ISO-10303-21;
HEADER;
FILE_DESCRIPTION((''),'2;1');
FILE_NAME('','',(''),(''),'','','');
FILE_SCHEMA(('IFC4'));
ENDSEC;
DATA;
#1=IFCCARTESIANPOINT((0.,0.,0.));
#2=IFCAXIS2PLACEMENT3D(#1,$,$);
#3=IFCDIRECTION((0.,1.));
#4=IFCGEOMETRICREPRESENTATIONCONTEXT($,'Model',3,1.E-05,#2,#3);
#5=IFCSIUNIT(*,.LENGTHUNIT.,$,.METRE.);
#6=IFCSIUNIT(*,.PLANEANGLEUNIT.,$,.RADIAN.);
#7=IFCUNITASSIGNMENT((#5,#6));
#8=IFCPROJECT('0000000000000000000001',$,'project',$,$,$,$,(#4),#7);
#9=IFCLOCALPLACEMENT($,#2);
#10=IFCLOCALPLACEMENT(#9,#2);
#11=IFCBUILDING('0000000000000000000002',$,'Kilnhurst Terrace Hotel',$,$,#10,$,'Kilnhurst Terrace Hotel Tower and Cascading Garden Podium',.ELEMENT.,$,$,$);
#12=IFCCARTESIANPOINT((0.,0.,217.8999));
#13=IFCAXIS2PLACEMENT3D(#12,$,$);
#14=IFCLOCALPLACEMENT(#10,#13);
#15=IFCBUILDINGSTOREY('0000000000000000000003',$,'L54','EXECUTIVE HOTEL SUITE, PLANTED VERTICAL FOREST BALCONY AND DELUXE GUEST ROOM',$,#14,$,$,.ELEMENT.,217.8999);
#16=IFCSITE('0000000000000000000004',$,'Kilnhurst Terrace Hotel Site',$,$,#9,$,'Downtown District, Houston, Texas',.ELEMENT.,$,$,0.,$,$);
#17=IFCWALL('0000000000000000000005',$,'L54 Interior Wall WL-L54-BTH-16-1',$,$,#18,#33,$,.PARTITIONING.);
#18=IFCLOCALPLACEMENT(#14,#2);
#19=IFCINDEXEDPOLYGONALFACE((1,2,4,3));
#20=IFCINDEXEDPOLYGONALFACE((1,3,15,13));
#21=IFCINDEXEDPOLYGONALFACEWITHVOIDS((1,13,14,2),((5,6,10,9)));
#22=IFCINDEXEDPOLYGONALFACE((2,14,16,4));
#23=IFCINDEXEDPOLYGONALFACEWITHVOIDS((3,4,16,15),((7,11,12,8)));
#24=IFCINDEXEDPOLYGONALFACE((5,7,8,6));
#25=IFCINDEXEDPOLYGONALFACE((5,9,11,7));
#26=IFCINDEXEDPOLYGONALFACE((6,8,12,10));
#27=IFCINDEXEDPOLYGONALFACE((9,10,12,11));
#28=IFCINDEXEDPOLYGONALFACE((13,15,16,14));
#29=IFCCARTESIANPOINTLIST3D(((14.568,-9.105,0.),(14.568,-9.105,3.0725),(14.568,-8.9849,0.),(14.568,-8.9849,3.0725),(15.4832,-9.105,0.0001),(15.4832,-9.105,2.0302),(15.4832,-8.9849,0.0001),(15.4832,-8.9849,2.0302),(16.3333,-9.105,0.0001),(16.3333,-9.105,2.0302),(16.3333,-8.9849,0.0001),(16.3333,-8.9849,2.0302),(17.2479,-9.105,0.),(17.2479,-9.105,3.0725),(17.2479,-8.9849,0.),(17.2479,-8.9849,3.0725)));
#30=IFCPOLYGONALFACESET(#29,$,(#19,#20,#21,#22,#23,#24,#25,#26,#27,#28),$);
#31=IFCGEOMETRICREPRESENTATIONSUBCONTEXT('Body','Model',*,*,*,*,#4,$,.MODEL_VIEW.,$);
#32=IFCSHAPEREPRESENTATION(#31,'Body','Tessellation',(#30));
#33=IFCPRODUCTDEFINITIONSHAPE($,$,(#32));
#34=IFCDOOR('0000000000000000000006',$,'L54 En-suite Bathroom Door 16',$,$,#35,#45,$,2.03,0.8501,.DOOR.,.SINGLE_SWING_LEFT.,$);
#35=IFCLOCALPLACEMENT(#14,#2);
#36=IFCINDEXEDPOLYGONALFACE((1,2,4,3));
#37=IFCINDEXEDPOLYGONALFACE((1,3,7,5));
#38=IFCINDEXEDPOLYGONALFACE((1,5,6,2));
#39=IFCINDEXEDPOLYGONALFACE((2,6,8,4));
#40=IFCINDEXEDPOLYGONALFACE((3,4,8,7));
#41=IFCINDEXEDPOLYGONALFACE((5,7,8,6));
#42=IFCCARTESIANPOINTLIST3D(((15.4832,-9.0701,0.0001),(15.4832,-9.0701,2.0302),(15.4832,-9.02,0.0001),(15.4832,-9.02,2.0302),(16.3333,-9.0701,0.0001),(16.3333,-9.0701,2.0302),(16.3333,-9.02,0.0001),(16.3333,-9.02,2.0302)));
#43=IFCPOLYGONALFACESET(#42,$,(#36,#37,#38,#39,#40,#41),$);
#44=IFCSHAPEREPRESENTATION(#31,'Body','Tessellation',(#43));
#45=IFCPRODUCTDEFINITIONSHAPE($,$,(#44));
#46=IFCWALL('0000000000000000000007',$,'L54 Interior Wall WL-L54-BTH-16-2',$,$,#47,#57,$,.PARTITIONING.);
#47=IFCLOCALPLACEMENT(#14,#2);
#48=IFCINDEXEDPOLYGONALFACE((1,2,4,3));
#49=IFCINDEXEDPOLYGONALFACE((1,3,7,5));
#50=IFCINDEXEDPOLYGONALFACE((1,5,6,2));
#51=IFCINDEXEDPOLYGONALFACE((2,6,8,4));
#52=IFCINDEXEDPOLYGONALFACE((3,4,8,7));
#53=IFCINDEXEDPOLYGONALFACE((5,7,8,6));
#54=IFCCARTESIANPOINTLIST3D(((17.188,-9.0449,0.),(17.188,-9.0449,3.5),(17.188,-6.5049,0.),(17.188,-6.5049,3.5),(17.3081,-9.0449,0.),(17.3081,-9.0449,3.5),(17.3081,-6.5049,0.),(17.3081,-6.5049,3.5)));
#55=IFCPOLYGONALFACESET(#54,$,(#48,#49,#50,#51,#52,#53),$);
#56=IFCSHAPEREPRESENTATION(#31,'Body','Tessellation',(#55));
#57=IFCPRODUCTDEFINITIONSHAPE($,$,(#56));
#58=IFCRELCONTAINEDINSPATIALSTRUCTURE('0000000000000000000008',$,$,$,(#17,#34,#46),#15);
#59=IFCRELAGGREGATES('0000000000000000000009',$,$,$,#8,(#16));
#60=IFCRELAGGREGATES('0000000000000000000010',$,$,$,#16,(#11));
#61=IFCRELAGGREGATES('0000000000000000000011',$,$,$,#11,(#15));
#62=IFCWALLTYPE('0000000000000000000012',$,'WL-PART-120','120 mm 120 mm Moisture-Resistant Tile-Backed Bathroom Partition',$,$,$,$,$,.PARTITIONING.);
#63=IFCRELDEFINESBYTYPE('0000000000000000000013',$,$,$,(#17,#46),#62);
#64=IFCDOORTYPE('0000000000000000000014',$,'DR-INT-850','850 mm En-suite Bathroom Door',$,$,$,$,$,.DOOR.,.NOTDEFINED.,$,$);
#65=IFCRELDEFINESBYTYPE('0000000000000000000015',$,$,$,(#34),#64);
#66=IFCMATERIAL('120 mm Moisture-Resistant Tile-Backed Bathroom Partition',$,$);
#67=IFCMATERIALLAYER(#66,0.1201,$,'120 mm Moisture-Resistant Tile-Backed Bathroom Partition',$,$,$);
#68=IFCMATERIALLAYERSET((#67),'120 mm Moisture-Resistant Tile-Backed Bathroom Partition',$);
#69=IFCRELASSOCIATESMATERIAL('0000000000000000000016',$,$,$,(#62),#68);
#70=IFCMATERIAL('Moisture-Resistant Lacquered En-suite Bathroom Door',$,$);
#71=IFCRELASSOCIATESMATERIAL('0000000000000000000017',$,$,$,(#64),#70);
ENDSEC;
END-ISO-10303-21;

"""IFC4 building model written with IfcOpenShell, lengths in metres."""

from ifc_helpers import new_model, si_unit, direction, frame, frame_2d, origin, place, context, subcontext, project, spatial, rectangle, extrude, material, layer, layer_set, type_object, element, fill, save


model = new_model("IFC4")

# Units and contexts
model_context = context("Model", 3, precision=1e-05, world=origin(), true_north=direction((0.0, 1.0)))
body_context = subcontext(model_context, "Body", "Model", "MODEL_VIEW")
ifc_project = project(units=[si_unit("LENGTHUNIT", "METRE"), si_unit("PLANEANGLEUNIT", "RADIAN")], contexts=[model_context])

# Site, building, storey
site_placement = place(None, origin())
site = spatial("IfcSite", under=ifc_project, at=site_placement, Name="Kilnhurst Terrace Hotel Site", LongName="Downtown District, Houston, Texas", CompositionType="ELEMENT", RefElevation=0.0)
building_placement = place(site_placement, origin())
building = spatial("IfcBuilding", under=site, at=building_placement, Name="Kilnhurst Terrace Hotel", LongName="Kilnhurst Terrace Hotel Tower and Cascading Garden Podium", CompositionType="ELEMENT")
storey_placement = place(building_placement, frame((0.0, 0.0, 217.8999)))
storey = spatial("IfcBuildingStorey", under=building, at=storey_placement, Name="L54", Description="EXECUTIVE HOTEL SUITE, PLANTED VERTICAL FOREST BALCONY AND DELUXE GUEST ROOM", CompositionType="ELEMENT", Elevation=217.8999)

# Shared definitions
ifc_material_1 = material(Name="120 mm Moisture-Resistant Tile-Backed Bathroom Partition")
ifc_layer_1 = layer(ifc_material_1, 0.1201, Name="120 mm Moisture-Resistant Tile-Backed Bathroom Partition")
ifc_layer_set_1 = layer_set([ifc_layer_1], Name="120 mm Moisture-Resistant Tile-Backed Bathroom Partition")
wall_type_1 = type_object("IfcWallType", Name="WL-PART-120", Description="120 mm 120 mm Moisture-Resistant Tile-Backed Bathroom Partition", PredefinedType="PARTITIONING", material=ifc_layer_set_1)

# Wall, opening, door
wall_1_placement = place(storey_placement, frame((14.5681, -9.0449, 0.0), z_axis=(0.0, 0.0, 1.0), x_axis=(1.0, 0.0, 0.0)))
wall_1 = element("IfcWall", 1, at=wall_1_placement, inside=storey, type_object=wall_type_1, Name="L54 Interior Wall WL-L54-BTH-16-1", PredefinedType="PARTITIONING", context=body_context, shape_type="SweptSolid", body=[
    extrude(rectangle(XDim=2.6799, YDim=0.1201, at=frame_2d((1.3398, 0.0))), origin(), (0.0, 0.0, 1.0), 3.0725),
])
opening_1_placement = place(wall_1_placement, frame((0.915, 0.0, 0.0)))
opening_1 = element("IfcOpeningElement", 2, at=opening_1_placement, cuts=wall_1, PredefinedType="OPENING", context=body_context, shape_type="SweptSolid", body=[
    extrude(rectangle(XDim=0.8501, YDim=2.03, at=frame_2d((0.425, 1.0151))), frame((0.0, 0.0701, 0.0), z_axis=(0.0, -1.0, 0.0), x_axis=(1.0, 0.0, 0.0)), (0.0, 0.0, 1.0), 0.1401),
])
ifc_material_2 = material(Name="Moisture-Resistant Lacquered En-suite Bathroom Door")
door_type_1 = type_object("IfcDoorType", Name="DR-INT-850", Description="850 mm En-suite Bathroom Door", OperationType="NOTDEFINED", PredefinedType="DOOR", material=ifc_material_2)
door_1_placement = place(opening_1_placement, origin())
door_1 = element("IfcDoor", 3, at=door_1_placement, inside=storey, type_object=door_type_1, Name="L54 En-suite Bathroom Door 16", OperationType="SINGLE_SWING_LEFT", OverallHeight=2.03, OverallWidth=0.8501, PredefinedType="DOOR", context=body_context, shape_type="SweptSolid", body=[
    extrude(rectangle(XDim=0.8501, YDim=2.03, at=frame_2d((0.425, 1.0151))), frame((0.0, 0.0249, 0.0), z_axis=(0.0, -1.0, 0.0), x_axis=(1.0, 0.0, 0.0)), (0.0, 0.0, 1.0), 0.05),
])
fill(opening_1, door_1)

# Wall
wall_2_placement = place(storey_placement, frame((17.248, -9.0449, 0.0), z_axis=(0.0, 0.0, 1.0), x_axis=(0.0, 1.0, 0.0)))
element("IfcWall", 4, at=wall_2_placement, inside=storey, type_object=wall_type_1, Name="L54 Interior Wall WL-L54-BTH-16-2", PredefinedType="PARTITIONING", context=body_context, shape_type="SweptSolid", body=[
    extrude(rectangle(XDim=2.54, YDim=0.1201, at=frame_2d((1.27, 0.0))), origin(), (0.0, 0.0, 1.0), 3.5),
])

save(model, "model.ifc")
